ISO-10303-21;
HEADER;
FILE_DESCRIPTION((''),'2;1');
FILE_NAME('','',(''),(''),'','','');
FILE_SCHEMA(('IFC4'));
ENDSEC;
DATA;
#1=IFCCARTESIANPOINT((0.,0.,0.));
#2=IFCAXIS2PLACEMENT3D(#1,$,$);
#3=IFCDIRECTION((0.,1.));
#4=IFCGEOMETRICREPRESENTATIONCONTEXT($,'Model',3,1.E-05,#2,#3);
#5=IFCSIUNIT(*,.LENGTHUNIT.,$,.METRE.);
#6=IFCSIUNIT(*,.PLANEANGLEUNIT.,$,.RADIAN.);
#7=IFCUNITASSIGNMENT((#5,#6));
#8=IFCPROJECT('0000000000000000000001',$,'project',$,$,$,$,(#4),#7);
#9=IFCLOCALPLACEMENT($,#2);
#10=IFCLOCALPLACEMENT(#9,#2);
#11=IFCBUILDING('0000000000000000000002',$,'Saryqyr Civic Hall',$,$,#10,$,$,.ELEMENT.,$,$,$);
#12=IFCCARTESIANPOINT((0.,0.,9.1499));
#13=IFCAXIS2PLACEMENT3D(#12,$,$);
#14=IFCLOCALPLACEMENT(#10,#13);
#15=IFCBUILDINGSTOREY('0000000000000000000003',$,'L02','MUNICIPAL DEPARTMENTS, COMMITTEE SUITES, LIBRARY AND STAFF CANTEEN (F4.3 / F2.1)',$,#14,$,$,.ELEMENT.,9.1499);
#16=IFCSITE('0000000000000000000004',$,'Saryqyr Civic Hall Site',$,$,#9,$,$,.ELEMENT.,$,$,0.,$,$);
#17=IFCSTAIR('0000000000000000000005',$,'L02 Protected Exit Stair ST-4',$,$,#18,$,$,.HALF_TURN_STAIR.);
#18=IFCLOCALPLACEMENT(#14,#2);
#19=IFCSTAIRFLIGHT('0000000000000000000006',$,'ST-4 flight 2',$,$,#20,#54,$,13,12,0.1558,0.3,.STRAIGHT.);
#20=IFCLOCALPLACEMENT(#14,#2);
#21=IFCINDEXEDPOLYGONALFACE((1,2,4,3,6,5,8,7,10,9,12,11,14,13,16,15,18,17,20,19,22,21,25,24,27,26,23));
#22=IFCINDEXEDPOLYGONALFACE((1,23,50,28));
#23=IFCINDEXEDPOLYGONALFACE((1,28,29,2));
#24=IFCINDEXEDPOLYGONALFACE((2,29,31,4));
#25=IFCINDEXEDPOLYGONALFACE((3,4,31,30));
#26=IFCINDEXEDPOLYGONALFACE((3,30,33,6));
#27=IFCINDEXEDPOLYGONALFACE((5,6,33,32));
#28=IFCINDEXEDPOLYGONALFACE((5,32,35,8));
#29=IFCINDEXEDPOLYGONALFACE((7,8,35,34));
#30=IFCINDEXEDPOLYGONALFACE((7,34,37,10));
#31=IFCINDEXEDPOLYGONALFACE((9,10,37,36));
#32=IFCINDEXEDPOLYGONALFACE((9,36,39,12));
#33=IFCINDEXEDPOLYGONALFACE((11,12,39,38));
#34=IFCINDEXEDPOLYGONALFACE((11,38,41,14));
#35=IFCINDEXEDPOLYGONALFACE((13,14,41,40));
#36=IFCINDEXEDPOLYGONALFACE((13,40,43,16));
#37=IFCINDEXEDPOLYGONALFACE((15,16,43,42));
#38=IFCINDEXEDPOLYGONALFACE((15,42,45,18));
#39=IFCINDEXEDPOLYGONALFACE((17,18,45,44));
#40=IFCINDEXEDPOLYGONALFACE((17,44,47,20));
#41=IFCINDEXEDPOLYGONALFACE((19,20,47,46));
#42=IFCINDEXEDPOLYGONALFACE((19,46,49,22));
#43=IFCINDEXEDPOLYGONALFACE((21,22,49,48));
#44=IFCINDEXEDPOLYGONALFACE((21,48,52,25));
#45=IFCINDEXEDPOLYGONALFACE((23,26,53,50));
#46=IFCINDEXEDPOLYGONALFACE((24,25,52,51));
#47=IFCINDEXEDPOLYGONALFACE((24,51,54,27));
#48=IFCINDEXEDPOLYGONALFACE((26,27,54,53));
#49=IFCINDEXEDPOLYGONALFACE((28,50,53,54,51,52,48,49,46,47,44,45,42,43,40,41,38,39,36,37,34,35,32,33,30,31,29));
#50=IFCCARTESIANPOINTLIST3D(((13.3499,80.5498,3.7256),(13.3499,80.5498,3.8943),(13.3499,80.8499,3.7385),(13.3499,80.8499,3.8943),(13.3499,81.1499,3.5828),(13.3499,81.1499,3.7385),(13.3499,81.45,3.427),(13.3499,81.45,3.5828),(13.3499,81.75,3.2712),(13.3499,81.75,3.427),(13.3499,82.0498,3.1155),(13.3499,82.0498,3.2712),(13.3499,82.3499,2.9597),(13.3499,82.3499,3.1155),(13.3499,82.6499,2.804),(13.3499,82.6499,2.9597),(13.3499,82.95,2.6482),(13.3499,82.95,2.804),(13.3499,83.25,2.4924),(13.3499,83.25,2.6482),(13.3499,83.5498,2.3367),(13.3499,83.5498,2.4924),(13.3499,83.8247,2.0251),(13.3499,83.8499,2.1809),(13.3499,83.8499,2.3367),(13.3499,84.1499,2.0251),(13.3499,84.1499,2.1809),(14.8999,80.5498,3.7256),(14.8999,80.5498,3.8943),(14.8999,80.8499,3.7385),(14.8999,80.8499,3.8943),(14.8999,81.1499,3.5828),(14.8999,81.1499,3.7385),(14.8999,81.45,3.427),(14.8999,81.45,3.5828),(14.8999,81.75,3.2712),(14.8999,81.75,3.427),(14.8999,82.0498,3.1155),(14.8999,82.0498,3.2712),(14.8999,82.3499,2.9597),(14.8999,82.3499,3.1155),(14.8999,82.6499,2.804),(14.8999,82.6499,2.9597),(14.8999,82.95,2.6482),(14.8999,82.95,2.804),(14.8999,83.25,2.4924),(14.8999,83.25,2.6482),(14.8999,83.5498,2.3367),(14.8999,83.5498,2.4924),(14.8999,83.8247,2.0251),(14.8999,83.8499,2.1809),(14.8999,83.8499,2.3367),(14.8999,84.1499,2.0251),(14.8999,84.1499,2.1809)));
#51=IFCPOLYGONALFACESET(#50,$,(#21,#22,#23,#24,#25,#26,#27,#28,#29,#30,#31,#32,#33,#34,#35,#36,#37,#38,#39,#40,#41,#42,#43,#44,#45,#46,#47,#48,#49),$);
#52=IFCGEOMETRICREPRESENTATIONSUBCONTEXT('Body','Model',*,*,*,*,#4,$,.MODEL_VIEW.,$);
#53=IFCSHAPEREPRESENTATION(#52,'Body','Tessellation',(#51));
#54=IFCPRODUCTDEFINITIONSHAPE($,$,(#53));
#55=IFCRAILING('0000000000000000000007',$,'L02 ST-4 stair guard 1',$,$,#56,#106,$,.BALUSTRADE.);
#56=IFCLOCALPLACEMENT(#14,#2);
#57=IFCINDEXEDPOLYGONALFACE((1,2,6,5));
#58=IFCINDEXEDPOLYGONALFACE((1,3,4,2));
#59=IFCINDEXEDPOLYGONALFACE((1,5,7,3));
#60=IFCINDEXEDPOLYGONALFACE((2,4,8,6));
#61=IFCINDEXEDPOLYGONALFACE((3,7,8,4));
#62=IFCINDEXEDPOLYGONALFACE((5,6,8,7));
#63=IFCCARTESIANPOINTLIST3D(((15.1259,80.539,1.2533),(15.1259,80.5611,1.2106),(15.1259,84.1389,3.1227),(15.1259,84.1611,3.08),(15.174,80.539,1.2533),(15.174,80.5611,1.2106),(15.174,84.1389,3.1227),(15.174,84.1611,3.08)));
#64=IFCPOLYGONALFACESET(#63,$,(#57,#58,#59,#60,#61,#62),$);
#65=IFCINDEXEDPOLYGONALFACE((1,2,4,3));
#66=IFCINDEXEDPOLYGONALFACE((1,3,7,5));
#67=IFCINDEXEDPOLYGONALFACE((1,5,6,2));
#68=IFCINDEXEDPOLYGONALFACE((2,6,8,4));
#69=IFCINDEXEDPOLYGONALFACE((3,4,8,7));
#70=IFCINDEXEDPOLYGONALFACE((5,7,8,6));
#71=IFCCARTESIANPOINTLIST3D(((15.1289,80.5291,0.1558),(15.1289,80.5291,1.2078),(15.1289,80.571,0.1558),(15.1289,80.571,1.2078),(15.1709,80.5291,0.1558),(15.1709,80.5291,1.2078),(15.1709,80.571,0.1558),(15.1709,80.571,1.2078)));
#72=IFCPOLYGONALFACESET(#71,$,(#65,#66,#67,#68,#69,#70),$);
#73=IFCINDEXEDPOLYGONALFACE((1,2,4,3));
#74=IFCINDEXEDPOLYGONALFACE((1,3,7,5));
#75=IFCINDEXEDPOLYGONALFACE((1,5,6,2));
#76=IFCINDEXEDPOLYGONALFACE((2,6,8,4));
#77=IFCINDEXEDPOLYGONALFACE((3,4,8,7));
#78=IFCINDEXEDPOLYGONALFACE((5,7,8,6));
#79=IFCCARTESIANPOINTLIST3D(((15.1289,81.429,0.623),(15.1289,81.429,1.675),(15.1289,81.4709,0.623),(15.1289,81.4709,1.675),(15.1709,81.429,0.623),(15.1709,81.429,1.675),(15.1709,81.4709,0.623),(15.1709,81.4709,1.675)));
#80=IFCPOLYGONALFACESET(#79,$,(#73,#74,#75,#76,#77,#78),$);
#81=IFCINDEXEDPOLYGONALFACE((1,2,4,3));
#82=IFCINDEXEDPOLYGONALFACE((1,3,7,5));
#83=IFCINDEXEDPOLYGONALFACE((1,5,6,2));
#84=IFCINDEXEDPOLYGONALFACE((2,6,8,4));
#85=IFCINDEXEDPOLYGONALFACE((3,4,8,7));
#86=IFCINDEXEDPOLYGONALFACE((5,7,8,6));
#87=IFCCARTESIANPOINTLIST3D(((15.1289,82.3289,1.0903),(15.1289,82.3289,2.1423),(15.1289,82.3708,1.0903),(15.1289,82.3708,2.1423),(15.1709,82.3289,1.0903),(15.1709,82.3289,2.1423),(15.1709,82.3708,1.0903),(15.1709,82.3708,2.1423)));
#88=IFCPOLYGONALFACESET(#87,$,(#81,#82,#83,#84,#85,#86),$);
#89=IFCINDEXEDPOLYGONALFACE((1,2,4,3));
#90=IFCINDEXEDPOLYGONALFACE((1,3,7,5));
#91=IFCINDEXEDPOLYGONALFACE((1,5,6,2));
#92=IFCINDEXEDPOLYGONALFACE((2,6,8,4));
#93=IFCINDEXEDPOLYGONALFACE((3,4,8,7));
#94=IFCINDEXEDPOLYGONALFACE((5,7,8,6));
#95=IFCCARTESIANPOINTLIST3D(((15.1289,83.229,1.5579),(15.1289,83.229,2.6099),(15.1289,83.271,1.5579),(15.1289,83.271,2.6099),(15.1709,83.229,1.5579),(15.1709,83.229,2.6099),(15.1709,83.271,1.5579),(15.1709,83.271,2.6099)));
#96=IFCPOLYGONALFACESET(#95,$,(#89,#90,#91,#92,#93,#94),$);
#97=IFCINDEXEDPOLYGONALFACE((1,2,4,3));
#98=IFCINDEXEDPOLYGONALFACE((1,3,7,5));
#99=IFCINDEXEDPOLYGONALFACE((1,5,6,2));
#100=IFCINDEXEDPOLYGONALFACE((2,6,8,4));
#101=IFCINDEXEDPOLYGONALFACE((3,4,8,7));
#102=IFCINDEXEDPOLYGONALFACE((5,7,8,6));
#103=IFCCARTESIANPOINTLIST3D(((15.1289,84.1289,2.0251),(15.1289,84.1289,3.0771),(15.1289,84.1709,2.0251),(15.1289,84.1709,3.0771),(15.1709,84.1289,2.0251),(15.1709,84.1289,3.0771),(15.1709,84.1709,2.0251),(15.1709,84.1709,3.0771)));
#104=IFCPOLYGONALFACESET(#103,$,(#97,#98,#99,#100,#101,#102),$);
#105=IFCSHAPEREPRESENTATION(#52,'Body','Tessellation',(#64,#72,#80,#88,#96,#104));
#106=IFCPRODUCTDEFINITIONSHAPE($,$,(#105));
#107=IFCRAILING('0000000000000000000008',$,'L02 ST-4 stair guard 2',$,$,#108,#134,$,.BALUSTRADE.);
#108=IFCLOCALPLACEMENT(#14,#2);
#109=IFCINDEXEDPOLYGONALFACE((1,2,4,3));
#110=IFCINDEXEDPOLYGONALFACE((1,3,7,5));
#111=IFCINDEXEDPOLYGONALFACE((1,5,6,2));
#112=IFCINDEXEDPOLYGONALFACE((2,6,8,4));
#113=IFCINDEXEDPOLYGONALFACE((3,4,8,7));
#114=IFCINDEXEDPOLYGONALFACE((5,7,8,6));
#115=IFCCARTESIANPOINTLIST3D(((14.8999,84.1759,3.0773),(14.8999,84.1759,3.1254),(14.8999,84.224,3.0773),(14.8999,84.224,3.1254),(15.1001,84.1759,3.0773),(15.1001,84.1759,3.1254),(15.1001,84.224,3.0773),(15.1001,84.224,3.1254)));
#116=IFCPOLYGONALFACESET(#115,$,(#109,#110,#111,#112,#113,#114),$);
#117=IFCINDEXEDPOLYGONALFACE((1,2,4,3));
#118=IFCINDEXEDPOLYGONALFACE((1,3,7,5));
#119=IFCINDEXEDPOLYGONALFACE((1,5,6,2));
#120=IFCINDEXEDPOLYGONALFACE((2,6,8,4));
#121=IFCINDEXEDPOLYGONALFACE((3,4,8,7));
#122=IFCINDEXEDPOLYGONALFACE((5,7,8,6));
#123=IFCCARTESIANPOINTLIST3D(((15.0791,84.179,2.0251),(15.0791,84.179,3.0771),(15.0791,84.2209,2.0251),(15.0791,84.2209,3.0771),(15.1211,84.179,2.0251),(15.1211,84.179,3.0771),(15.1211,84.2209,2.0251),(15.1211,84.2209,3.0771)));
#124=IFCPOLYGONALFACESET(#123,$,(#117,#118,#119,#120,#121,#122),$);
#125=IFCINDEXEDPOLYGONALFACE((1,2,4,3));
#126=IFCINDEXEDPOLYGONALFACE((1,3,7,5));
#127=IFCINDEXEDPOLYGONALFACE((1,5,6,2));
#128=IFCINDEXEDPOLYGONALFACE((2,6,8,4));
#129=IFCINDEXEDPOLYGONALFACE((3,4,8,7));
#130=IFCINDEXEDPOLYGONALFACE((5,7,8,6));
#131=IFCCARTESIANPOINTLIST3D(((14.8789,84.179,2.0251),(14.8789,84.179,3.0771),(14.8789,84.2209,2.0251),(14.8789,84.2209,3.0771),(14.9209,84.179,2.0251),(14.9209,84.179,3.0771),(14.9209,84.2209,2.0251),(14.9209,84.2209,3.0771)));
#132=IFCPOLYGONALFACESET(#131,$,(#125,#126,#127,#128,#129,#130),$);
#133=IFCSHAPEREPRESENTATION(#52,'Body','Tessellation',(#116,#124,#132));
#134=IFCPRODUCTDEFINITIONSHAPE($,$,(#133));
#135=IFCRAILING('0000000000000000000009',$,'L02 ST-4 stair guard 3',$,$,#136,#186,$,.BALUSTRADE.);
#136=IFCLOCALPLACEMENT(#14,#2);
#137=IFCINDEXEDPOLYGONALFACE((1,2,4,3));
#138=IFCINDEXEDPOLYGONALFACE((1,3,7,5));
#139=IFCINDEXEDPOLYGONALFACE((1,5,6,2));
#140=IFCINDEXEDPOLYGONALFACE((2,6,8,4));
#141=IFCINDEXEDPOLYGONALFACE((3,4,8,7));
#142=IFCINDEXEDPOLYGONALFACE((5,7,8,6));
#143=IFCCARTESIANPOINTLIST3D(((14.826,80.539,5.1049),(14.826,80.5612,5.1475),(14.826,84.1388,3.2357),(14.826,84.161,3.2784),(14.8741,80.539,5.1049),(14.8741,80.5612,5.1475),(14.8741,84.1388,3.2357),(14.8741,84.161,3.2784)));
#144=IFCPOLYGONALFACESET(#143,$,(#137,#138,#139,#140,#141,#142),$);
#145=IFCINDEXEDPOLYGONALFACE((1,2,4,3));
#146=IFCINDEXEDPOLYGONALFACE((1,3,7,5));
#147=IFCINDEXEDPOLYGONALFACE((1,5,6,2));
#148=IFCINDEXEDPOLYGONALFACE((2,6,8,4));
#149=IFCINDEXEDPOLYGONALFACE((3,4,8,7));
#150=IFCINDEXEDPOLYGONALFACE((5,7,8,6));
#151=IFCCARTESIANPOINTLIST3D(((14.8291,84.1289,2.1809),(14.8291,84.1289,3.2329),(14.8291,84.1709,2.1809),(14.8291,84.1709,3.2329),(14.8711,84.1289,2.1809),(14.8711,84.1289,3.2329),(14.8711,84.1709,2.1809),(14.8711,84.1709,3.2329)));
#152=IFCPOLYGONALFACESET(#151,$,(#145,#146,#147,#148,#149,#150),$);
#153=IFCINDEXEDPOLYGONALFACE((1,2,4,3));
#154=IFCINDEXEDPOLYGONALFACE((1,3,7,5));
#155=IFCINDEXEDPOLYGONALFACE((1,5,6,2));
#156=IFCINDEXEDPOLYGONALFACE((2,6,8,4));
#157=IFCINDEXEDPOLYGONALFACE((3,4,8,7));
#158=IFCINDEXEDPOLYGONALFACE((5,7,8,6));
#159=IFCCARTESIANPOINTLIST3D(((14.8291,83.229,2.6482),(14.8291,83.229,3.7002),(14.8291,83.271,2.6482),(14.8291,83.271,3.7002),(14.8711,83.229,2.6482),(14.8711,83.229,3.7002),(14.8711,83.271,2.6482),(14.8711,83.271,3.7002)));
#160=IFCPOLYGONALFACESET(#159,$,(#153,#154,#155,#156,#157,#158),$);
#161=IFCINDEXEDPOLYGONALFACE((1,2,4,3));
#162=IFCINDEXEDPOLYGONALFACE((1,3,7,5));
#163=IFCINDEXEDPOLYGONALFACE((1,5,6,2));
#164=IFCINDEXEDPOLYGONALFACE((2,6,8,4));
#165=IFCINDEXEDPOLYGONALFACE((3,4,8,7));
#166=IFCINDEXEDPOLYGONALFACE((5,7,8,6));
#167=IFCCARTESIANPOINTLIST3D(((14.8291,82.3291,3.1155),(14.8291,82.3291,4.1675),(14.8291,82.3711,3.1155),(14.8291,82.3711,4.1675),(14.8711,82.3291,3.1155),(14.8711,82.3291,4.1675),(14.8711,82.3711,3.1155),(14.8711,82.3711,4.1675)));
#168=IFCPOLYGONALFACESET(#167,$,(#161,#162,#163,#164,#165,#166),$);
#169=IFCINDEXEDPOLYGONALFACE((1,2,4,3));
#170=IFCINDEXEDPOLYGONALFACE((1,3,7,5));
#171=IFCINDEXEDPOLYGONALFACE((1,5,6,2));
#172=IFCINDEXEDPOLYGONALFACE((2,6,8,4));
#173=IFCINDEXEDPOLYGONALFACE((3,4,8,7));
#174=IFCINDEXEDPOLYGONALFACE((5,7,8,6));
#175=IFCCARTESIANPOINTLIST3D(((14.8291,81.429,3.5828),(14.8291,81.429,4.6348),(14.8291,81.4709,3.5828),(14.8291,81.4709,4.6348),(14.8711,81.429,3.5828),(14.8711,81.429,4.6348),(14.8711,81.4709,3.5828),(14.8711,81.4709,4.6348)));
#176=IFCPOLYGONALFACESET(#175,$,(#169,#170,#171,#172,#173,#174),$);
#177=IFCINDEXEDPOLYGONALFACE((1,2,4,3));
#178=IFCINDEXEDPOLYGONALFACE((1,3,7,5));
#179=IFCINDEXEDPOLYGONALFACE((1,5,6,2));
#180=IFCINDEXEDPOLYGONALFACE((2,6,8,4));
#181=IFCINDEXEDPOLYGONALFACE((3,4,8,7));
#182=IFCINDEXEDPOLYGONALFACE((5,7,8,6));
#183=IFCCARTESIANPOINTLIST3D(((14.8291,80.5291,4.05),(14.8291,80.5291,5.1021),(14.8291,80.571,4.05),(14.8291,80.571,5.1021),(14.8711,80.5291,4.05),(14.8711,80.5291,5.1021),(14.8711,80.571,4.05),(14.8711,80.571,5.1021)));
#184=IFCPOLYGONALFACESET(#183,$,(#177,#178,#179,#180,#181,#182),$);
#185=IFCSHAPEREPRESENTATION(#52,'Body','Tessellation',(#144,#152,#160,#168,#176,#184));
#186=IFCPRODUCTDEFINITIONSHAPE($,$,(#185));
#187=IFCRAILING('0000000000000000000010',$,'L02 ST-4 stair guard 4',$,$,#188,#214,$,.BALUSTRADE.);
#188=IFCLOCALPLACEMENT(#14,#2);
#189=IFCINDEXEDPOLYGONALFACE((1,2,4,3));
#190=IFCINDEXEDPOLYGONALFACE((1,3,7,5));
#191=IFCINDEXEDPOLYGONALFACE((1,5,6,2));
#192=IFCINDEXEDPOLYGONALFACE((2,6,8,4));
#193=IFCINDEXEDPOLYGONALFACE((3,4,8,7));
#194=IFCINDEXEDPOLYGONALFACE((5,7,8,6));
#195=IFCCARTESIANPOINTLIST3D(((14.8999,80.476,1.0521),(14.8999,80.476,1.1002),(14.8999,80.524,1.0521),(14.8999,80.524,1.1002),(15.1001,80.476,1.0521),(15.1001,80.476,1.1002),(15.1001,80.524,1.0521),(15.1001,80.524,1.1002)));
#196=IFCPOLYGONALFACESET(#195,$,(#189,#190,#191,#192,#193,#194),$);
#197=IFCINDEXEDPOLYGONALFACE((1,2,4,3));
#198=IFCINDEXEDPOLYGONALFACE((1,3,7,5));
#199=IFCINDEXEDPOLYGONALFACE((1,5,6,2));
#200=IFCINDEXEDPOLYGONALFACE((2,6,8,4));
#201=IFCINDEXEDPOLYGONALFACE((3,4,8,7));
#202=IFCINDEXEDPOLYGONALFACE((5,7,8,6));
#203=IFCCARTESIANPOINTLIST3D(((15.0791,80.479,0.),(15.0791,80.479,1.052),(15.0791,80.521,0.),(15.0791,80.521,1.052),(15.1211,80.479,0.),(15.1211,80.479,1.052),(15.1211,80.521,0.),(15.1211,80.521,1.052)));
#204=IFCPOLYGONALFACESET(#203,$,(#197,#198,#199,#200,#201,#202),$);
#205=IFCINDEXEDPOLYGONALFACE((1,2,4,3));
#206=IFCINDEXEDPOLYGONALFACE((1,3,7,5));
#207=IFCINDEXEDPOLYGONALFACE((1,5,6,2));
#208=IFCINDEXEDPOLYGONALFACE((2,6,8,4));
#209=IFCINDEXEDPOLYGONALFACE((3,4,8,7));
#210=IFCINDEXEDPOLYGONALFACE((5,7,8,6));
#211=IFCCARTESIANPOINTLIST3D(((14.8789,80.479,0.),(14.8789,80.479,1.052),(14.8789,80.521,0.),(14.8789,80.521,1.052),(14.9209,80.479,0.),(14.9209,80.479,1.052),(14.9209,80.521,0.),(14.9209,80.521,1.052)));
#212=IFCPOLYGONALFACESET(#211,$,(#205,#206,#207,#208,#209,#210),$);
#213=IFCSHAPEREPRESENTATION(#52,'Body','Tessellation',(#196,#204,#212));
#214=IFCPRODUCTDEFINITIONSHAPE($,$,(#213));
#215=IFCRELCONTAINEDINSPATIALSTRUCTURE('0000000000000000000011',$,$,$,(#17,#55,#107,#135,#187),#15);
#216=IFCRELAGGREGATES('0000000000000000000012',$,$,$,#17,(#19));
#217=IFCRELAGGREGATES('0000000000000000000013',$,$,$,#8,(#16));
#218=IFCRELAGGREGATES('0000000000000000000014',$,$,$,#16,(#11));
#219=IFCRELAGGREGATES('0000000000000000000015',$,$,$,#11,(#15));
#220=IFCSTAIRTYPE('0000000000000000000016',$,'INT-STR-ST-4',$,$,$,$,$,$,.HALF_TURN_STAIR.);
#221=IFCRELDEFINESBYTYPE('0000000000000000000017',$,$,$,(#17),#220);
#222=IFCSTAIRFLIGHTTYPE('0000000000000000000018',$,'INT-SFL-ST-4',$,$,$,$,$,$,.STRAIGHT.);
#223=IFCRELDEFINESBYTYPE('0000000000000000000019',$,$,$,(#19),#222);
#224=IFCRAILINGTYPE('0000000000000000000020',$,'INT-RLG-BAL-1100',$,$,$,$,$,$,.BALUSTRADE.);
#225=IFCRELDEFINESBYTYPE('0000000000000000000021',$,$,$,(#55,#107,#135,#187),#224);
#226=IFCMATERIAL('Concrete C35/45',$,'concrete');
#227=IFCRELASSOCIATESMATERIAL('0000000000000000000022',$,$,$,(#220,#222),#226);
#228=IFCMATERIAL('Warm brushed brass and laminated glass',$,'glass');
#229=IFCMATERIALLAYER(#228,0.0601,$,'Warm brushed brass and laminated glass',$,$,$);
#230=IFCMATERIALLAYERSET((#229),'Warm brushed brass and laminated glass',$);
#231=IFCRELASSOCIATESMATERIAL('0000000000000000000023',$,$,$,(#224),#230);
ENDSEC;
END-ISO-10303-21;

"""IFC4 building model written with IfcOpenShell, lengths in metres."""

from ifc_helpers import new_model, si_unit, direction, frame, origin, origin_2d, place, context, subcontext, project, spatial, polyline, rectangle, outline, extrude, material, layer, layer_set, type_object, element, aggregate, save


model = new_model("IFC4")

# Units and contexts
model_context = context("Model", 3, precision=1e-05, world=origin(), true_north=direction((0.0, 1.0)))
body_context = subcontext(model_context, "Body", "Model", "MODEL_VIEW")
ifc_project = project(units=[si_unit("LENGTHUNIT", "METRE"), si_unit("PLANEANGLEUNIT", "RADIAN")], contexts=[model_context])

# Site, building, storey
site_placement = place(None, origin())
site = spatial("IfcSite", under=ifc_project, at=site_placement, Name="Saryqyr Civic Hall Site", CompositionType="ELEMENT", RefElevation=0.0)
building_placement = place(site_placement, origin())
building = spatial("IfcBuilding", under=site, at=building_placement, Name="Saryqyr Civic Hall", CompositionType="ELEMENT")
storey_placement = place(building_placement, frame((0.0, 0.0, 9.1499)))
storey = spatial("IfcBuildingStorey", under=building, at=storey_placement, Name="L02", Description="MUNICIPAL DEPARTMENTS, COMMITTEE SUITES, LIBRARY AND STAFF CANTEEN (F4.3 / F2.1)", CompositionType="ELEMENT", Elevation=9.1499)

# Shared definitions
ifc_material_1 = material(Name="Concrete C35/45", Category="concrete")

# Stair, stair flight
stair_type = type_object("IfcStairType", Name="INT-STR-ST-4", PredefinedType="HALF_TURN_STAIR", material=ifc_material_1)
stair_placement = place(storey_placement, origin())
stair = element("IfcStair", 1, at=stair_placement, inside=storey, type_object=stair_type, Name="L02 Protected Exit Stair ST-4", PredefinedType="HALF_TURN_STAIR")
stair_flight_type = type_object("IfcStairFlightType", Name="INT-SFL-ST-4", PredefinedType="STRAIGHT", material=ifc_material_1)
stair_flight_1_placement = place(storey_placement, frame((14.125, 84.1499, 2.0251), z_axis=(0.0, 0.0, 1.0), x_axis=(0.0, -1.0, 0.0)))
stair_flight_1 = element("IfcStairFlight", 2, at=stair_flight_1_placement, type_object=stair_flight_type, Name="ST-4 flight 2", NumberOfRisers=13, NumberOfTreads=12, PredefinedType="STRAIGHT", RiserHeight=0.1558, TreadLength=0.3, context=body_context, shape_type="SweptSolid", body=[
    extrude(outline(polyline([(0.0, 0.0), (0.0, 0.1558), (0.3, 0.1558), (0.3, 0.3115), (0.6001, 0.3115), (0.6001, 0.4673), (0.8999, 0.4673), (0.8999, 0.623), (1.2, 0.623), (1.2, 0.7788), (1.5, 0.7788), (1.5, 0.9346), (1.8, 0.9346), (1.8, 1.0903), (2.1001, 1.0903), (2.1001, 1.2461), (2.3999, 1.2461), (2.3999, 1.4019), (2.7, 1.4019), (2.7, 1.5576), (3.0, 1.5576), (3.0, 1.7134), (3.3, 1.7134), (3.3, 1.8691), (3.6001, 1.8691), (3.6001, 2.0249), (3.6001, 1.7004), (0.3252, 0.0), (0.0, 0.0)])), frame((0.0, 0.7749, 0.0), z_axis=(0.0, -1.0, 0.0), x_axis=(1.0, 0.0, 0.0)), (0.0, 0.0, 1.0), 1.55),
])
aggregate(stair, [stair_flight_1])

# Railings
ifc_material_2 = material(Name="Warm brushed brass and laminated glass", Category="glass")
ifc_layer_1 = layer(ifc_material_2, 0.0601, Name="Warm brushed brass and laminated glass")
ifc_layer_set_1 = layer_set([ifc_layer_1], Name="Warm brushed brass and laminated glass")
railing_type_1 = type_object("IfcRailingType", Name="INT-RLG-BAL-1100", PredefinedType="BALUSTRADE", material=ifc_layer_set_1)
railing_1_placement = place(storey_placement, frame((15.1499, 80.55, 0.1558)))
element("IfcRailing", 3, at=railing_1_placement, inside=storey, type_object=railing_type_1, Name="L02 ST-4 stair guard 1", PredefinedType="BALUSTRADE", context=body_context, shape_type="SweptSolid", body=[
    extrude(rectangle(XDim=0.0481, YDim=0.0481, at=origin_2d()), frame((0.0, 0.0, 1.0762), z_axis=(0.0, 0.887473, 0.46086), x_axis=(-1.0, 0.0, 0.0)), (0.0, 0.0, 1.0), 4.0564),
    extrude(rectangle(XDim=0.042, YDim=0.042, at=origin_2d()), origin(), (0.0, 0.0, 1.0), 1.052),
    extrude(rectangle(XDim=0.042, YDim=0.042, at=origin_2d()), frame((0.0, 0.8999, 0.4673)), (0.0, 0.0, 1.0), 1.052),
    extrude(rectangle(XDim=0.042, YDim=0.042, at=origin_2d()), frame((0.0, 1.7998, 0.9346)), (0.0, 0.0, 1.0), 1.052),
    extrude(rectangle(XDim=0.042, YDim=0.042, at=origin_2d()), frame((0.0, 2.7, 1.4021)), (0.0, 0.0, 1.0), 1.052),
    extrude(rectangle(XDim=0.042, YDim=0.042, at=origin_2d()), frame((0.0, 3.5999, 1.8694)), (0.0, 0.0, 1.0), 1.052),
])
railing_2_placement = place(storey_placement, frame((15.1001, 84.2, 2.0251)))
element("IfcRailing", 4, at=railing_2_placement, inside=storey, type_object=railing_type_1, Name="L02 ST-4 stair guard 2", PredefinedType="BALUSTRADE", context=body_context, shape_type="SweptSolid", body=[
    extrude(rectangle(XDim=0.0481, YDim=0.0481, at=origin_2d()), frame((0.0, 0.0, 1.0762), z_axis=(-1.0, 0.0, 0.0), x_axis=(0.0, -1.0, 0.0)), (0.0, 0.0, 1.0), 0.2002),
    extrude(rectangle(XDim=0.042, YDim=0.042, at=origin_2d()), origin(), (0.0, 0.0, 1.0), 1.052),
    extrude(rectangle(XDim=0.042, YDim=0.042, at=origin_2d()), frame((-0.2002, 0.0, 0.0)), (0.0, 0.0, 1.0), 1.052),
])
railing_3_placement = place(storey_placement, frame((14.8501, 84.1499, 2.1809)))
element("IfcRailing", 5, at=railing_3_placement, inside=storey, type_object=railing_type_1, Name="L02 ST-4 stair guard 3", PredefinedType="BALUSTRADE", context=body_context, shape_type="SweptSolid", body=[
    extrude(rectangle(XDim=0.0481, YDim=0.0481, at=origin_2d()), frame((0.0, 0.0, 1.0762), z_axis=(0.0, -0.887497, 0.460813), x_axis=(1.0, 0.0, 0.0)), (0.0, 0.0, 1.0), 4.0562),
    extrude(rectangle(XDim=0.042, YDim=0.042, at=origin_2d()), origin(), (0.0, 0.0, 1.0), 1.052),
    extrude(rectangle(XDim=0.042, YDim=0.042, at=origin_2d()), frame((0.0, -0.8999, 0.4673)), (0.0, 0.0, 1.0), 1.052),
    extrude(rectangle(XDim=0.042, YDim=0.042, at=origin_2d()), frame((0.0, -1.7998, 0.9346)), (0.0, 0.0, 1.0), 1.052),
    extrude(rectangle(XDim=0.042, YDim=0.042, at=origin_2d()), frame((0.0, -2.7, 1.4019)), (0.0, 0.0, 1.0), 1.052),
    extrude(rectangle(XDim=0.042, YDim=0.042, at=origin_2d()), frame((0.0, -3.5999, 1.8691)), (0.0, 0.0, 1.0), 1.052),
])
railing_4_placement = place(storey_placement, frame((15.1001, 80.5, 0.0)))
element("IfcRailing", 6, at=railing_4_placement, inside=storey, type_object=railing_type_1, Name="L02 ST-4 stair guard 4", PredefinedType="BALUSTRADE", context=body_context, shape_type="SweptSolid", body=[
    extrude(rectangle(XDim=0.0481, YDim=0.0481, at=origin_2d()), frame((0.0, 0.0, 1.0762), z_axis=(-1.0, 0.0, 0.0), x_axis=(0.0, -1.0, 0.0)), (0.0, 0.0, 1.0), 0.2002),
    extrude(rectangle(XDim=0.042, YDim=0.042, at=origin_2d()), origin(), (0.0, 0.0, 1.0), 1.052),
    extrude(rectangle(XDim=0.042, YDim=0.042, at=origin_2d()), frame((-0.2002, 0.0, 0.0)), (0.0, 0.0, 1.0), 1.052),
])

save(model, "model.ifc")
